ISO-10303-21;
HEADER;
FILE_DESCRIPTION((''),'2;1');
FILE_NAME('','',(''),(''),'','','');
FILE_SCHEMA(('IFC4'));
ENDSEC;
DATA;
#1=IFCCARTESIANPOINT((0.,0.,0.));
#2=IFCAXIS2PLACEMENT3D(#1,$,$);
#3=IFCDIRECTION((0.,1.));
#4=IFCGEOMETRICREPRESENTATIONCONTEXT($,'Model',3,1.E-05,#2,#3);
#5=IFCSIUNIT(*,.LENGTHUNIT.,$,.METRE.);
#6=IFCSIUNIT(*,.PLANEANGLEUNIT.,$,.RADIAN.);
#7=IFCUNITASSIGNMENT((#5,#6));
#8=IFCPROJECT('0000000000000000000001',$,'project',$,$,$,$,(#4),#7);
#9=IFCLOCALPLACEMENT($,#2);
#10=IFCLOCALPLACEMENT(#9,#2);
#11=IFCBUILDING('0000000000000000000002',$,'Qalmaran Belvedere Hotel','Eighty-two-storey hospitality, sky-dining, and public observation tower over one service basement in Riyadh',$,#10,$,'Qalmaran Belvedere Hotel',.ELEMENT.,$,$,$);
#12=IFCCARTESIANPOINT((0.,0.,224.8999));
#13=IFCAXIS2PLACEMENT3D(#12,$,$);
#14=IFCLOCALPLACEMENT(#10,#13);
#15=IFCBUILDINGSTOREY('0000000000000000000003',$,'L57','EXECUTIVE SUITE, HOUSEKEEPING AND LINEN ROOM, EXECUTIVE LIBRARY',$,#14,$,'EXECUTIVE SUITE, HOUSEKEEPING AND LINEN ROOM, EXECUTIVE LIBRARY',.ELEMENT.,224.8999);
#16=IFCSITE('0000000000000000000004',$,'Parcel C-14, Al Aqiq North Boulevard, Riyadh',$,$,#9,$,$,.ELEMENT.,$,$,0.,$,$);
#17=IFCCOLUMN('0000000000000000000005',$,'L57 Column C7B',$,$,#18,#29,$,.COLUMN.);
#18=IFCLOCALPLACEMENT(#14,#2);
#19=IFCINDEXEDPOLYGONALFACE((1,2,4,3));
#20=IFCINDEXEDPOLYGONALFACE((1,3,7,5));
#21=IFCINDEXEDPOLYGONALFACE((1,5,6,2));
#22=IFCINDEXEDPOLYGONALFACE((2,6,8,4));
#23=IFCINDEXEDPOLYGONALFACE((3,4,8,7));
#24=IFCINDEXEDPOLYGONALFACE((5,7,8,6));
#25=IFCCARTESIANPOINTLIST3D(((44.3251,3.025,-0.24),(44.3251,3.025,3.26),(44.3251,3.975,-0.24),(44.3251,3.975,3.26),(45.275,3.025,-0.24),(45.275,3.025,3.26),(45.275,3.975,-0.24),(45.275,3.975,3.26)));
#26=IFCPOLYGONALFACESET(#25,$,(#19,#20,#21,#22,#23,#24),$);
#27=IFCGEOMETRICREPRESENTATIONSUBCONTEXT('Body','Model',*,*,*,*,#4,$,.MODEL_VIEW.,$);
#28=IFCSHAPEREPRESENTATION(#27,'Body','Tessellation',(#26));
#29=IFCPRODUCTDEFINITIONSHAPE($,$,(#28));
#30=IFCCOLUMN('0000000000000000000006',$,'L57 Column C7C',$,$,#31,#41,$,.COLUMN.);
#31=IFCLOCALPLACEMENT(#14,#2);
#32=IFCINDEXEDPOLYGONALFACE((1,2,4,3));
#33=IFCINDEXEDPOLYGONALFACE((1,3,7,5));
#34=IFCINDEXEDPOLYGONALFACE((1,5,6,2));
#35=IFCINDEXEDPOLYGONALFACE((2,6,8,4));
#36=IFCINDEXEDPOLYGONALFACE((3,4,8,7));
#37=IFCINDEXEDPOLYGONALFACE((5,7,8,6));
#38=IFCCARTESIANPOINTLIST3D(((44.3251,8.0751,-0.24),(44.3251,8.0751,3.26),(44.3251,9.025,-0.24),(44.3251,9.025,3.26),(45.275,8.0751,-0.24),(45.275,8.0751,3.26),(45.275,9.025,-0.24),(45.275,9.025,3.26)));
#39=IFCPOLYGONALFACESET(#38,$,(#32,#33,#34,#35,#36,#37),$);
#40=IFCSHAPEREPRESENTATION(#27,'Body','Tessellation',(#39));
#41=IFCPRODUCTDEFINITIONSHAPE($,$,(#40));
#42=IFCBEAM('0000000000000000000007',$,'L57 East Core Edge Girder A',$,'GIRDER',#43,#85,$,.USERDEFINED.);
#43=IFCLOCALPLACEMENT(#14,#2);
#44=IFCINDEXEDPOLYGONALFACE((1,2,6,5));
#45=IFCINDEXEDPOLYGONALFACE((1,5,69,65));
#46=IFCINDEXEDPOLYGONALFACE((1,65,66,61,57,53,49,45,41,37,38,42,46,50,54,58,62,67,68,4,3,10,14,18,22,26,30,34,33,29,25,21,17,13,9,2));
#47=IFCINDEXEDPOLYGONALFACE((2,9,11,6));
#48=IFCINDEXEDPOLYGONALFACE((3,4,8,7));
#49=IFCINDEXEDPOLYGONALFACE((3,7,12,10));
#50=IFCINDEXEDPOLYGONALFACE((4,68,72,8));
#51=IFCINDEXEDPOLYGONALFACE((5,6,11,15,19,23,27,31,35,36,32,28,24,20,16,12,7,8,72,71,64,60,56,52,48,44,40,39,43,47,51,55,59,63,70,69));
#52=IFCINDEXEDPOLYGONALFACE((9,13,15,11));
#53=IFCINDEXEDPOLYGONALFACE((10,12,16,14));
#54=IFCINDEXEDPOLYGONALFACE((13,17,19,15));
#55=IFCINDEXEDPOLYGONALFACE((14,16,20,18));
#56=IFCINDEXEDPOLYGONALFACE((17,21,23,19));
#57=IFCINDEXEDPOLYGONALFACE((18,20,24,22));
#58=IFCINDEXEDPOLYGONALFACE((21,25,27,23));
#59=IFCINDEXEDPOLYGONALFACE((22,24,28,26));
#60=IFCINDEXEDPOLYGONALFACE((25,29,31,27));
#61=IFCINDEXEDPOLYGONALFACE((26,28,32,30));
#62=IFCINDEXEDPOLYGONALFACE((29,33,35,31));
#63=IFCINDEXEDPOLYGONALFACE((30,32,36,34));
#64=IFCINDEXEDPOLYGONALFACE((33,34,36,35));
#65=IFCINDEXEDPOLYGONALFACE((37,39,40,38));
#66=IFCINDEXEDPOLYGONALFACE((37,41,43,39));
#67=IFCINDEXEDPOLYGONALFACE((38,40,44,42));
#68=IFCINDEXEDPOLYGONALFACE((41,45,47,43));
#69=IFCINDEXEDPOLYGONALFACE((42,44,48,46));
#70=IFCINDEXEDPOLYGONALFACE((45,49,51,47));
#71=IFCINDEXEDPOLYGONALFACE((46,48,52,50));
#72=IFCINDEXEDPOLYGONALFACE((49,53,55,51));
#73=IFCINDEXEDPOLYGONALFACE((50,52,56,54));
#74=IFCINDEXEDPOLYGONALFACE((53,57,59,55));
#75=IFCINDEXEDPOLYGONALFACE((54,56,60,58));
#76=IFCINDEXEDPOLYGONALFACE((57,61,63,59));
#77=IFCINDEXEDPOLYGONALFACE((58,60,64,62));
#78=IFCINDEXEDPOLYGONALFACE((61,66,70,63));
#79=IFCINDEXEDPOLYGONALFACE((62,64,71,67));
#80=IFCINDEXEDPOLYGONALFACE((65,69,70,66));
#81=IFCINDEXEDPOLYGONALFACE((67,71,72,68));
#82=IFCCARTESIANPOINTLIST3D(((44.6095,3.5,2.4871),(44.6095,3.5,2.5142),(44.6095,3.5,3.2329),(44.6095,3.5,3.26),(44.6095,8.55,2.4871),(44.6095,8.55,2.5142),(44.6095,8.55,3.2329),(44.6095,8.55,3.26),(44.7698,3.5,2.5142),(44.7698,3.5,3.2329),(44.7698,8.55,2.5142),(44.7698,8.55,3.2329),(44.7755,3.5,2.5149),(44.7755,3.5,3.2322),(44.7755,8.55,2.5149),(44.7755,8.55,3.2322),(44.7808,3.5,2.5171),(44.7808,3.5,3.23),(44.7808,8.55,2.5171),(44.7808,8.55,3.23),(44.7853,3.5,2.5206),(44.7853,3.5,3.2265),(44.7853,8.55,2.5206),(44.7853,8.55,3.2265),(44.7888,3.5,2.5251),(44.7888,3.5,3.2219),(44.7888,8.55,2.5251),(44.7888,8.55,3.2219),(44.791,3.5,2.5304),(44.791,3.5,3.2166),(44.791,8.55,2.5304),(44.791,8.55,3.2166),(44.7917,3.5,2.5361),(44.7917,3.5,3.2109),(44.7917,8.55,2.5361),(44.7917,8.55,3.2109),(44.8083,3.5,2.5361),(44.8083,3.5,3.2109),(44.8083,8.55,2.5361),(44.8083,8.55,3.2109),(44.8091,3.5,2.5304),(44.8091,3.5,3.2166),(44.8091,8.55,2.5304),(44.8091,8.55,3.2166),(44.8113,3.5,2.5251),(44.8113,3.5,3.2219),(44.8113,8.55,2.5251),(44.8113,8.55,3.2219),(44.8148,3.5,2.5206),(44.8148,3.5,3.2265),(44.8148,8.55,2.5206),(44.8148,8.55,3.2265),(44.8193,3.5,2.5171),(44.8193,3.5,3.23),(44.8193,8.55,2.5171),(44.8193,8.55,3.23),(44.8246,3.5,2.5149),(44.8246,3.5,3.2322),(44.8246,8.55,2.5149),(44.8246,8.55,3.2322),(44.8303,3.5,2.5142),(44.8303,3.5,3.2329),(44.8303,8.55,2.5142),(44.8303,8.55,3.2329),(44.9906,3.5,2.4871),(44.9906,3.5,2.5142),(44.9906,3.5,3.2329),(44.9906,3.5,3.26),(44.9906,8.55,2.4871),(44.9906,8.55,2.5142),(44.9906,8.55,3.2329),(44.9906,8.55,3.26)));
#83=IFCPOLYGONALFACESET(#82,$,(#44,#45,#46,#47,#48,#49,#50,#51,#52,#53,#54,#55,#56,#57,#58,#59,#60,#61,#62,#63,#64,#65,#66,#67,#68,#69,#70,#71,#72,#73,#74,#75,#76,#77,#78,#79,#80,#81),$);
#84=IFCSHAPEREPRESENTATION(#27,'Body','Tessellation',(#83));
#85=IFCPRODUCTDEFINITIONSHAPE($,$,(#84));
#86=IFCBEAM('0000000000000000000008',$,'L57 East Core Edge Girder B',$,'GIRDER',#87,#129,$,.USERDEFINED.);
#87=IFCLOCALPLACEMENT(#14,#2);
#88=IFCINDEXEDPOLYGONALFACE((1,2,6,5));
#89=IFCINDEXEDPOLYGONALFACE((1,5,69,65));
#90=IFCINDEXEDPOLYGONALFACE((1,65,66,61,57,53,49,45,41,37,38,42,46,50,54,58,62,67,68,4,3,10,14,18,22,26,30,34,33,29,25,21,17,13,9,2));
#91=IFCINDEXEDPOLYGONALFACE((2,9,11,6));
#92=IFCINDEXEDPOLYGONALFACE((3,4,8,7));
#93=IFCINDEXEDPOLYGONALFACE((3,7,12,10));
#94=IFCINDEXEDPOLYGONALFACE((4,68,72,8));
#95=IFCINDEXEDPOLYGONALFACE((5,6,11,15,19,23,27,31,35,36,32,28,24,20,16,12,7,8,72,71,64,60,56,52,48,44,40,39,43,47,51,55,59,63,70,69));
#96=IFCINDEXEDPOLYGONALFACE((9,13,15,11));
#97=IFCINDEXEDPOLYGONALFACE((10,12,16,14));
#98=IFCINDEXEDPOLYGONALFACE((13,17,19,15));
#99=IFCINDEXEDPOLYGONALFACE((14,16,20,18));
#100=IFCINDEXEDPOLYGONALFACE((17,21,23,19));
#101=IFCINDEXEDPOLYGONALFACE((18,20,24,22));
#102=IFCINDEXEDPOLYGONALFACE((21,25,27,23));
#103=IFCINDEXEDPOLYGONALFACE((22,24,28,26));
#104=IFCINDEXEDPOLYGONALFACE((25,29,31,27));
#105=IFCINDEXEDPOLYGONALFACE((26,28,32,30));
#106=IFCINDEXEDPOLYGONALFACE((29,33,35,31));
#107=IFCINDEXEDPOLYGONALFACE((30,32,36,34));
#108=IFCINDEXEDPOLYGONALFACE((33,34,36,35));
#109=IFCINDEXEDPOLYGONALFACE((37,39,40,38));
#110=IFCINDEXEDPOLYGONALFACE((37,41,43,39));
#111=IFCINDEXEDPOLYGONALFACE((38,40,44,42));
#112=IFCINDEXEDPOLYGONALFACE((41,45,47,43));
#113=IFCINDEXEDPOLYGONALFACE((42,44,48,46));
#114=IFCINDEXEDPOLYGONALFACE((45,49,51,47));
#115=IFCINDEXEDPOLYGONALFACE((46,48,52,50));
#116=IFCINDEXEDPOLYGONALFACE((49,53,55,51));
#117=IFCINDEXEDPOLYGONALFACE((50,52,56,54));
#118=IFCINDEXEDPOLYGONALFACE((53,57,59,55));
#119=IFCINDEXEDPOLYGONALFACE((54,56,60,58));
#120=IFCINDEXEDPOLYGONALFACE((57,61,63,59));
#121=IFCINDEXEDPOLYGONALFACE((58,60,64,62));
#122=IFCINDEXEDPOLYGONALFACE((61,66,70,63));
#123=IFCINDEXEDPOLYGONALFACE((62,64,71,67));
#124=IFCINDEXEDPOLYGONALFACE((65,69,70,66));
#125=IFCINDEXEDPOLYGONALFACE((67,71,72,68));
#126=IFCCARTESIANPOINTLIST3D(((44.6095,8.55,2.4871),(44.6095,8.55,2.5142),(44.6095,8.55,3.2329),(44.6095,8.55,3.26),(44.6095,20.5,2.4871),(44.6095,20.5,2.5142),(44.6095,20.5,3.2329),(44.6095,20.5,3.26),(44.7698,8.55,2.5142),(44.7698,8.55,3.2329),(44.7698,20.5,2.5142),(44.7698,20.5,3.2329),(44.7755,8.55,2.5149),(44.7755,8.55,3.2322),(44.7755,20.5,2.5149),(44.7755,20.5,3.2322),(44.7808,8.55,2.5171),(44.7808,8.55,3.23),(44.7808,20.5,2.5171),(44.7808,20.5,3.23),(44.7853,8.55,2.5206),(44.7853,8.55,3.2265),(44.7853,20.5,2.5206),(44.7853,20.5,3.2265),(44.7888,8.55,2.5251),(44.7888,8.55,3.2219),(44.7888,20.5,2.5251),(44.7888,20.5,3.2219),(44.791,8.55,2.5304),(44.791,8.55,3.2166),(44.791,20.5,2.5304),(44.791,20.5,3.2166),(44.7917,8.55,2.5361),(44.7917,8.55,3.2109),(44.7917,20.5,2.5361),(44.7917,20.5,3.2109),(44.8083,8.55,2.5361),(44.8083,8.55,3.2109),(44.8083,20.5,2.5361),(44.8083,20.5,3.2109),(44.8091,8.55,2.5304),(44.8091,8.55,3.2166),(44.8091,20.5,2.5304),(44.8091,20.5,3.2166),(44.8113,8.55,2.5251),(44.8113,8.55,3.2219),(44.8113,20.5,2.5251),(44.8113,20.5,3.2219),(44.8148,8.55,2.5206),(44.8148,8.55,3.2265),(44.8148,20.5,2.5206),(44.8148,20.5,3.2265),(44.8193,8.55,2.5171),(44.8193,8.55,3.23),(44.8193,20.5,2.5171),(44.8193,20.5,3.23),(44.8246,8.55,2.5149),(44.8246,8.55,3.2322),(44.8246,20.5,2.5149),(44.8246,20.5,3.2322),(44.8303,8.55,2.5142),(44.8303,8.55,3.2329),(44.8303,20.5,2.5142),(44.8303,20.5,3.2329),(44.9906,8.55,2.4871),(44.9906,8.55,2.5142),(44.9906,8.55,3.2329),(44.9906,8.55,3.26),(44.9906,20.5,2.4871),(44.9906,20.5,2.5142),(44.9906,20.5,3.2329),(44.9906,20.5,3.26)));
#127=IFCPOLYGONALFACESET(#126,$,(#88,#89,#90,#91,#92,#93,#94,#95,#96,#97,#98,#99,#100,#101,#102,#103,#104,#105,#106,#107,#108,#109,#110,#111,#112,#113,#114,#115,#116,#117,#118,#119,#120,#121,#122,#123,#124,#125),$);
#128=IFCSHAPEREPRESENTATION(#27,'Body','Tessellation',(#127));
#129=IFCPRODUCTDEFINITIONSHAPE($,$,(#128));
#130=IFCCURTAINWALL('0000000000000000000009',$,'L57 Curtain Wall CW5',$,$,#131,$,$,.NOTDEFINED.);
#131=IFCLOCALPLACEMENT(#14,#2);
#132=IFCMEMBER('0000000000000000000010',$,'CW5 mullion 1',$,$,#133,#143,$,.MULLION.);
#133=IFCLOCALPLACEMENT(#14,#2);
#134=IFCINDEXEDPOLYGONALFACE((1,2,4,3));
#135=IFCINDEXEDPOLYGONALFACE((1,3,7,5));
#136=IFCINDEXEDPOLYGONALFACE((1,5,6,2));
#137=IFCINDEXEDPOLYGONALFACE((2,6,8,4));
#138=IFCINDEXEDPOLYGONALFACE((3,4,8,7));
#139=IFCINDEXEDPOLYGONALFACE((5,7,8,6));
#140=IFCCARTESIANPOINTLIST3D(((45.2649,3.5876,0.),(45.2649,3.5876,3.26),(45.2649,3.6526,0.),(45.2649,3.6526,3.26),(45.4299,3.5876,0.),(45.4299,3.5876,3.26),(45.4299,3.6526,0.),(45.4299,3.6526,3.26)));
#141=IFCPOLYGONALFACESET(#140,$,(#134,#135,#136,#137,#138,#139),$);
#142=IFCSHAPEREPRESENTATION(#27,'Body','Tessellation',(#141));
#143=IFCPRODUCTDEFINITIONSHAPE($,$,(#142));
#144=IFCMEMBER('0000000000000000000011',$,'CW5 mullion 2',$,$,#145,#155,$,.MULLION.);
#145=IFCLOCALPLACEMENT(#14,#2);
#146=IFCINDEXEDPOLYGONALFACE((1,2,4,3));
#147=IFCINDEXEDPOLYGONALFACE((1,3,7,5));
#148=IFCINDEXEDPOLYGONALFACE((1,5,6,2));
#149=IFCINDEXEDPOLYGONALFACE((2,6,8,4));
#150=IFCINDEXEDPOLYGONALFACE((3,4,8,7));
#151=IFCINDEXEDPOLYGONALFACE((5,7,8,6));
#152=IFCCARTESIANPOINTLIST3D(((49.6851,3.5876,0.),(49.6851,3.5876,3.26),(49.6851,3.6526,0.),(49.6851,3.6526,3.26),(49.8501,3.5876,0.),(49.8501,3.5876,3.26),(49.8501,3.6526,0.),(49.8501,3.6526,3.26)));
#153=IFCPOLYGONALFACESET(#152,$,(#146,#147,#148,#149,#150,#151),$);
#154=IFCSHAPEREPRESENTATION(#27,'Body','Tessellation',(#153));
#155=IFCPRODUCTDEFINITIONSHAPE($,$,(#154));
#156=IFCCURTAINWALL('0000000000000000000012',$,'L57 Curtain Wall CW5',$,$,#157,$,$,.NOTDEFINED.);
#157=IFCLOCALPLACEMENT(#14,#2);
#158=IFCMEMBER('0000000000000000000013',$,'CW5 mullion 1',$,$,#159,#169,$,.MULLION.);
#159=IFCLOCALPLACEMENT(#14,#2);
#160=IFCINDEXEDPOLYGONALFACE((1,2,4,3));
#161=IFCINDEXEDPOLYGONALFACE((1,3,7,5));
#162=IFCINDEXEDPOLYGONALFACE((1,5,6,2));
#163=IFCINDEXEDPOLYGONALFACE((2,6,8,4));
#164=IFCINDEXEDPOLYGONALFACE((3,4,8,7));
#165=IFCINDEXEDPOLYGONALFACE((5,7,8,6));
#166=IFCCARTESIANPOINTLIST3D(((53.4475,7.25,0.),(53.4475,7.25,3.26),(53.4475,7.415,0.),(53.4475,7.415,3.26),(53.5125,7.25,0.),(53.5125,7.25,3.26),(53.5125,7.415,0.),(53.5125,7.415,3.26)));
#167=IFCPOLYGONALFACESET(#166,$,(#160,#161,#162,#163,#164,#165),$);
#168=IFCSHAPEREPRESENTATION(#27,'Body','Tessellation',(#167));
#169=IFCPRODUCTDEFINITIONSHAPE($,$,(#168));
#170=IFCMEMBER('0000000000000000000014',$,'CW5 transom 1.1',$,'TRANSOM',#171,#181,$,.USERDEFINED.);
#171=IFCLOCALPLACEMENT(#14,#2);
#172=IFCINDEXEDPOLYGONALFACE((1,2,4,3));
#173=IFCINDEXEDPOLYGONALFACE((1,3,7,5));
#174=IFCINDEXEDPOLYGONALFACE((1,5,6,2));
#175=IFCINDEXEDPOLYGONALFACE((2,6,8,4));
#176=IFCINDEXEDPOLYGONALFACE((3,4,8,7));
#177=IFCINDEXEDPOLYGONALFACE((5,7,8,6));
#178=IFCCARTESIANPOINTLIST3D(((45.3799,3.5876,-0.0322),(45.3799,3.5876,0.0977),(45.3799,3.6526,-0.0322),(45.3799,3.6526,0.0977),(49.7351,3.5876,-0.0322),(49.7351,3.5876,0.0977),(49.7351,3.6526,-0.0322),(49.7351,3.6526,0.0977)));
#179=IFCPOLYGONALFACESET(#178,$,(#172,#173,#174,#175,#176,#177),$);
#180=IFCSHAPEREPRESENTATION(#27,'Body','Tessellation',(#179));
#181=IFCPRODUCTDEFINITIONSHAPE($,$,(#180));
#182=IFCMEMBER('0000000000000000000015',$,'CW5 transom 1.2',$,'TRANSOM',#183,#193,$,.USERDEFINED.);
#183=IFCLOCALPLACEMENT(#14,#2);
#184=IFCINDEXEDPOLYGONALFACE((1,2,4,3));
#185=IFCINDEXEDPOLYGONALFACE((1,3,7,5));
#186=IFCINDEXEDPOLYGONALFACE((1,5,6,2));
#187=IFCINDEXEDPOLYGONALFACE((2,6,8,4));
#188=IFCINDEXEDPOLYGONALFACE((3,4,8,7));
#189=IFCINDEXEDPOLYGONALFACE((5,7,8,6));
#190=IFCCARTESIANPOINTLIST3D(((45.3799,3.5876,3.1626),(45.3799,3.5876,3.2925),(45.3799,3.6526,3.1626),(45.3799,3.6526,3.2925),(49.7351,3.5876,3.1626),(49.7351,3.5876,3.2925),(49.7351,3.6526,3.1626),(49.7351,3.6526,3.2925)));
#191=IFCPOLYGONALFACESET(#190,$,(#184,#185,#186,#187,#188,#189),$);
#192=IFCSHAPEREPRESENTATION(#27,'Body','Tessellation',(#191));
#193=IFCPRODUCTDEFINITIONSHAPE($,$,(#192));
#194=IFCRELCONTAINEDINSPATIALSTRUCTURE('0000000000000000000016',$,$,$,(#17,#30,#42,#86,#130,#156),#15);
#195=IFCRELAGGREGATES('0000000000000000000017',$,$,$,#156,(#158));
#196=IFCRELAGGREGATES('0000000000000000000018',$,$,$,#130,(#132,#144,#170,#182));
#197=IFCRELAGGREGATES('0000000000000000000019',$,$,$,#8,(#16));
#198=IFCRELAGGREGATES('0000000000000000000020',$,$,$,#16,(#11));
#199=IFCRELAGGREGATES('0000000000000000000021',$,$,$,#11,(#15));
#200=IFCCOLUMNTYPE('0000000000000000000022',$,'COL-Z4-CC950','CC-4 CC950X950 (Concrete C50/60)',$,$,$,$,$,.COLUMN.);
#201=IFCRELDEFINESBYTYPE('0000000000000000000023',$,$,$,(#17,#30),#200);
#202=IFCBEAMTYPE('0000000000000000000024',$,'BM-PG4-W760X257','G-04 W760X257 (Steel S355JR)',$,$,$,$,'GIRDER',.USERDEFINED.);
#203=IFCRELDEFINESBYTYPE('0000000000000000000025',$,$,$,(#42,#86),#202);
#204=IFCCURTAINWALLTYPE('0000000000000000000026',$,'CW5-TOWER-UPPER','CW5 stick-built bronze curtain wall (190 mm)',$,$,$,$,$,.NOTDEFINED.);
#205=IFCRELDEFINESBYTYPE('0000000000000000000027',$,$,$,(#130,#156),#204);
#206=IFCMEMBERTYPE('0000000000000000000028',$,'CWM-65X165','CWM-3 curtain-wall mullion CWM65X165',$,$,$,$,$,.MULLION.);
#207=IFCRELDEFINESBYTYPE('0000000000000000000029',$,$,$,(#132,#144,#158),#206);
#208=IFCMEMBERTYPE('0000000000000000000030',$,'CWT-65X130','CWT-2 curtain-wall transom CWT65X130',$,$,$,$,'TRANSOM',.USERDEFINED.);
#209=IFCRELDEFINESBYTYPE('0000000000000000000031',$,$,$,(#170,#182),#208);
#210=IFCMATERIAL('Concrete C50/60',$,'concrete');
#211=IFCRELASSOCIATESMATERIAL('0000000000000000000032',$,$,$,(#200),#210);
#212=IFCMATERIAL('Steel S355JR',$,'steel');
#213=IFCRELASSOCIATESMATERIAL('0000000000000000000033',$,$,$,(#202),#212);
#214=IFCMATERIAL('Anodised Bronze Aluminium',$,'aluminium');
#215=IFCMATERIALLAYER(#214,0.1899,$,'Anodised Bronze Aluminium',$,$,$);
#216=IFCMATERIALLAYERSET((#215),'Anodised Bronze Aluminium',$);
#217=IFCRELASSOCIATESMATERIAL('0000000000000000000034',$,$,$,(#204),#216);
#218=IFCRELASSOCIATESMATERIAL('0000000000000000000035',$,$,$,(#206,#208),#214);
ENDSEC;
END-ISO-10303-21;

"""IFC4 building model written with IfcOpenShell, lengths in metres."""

from ifc_helpers import new_model, si_unit, direction, frame, origin, origin_2d, place, context, subcontext, project, spatial, rectangle, i_section, extrude, material, layer, layer_set, material_profile, profile_set, type_object, element, aggregate, save


model = new_model("IFC4")

# Units and contexts
model_context = context("Model", 3, precision=1e-05, world=origin(), true_north=direction((0.0, 1.0)))
body_context = subcontext(model_context, "Body", "Model", "MODEL_VIEW")
ifc_project = project(units=[si_unit("LENGTHUNIT", "METRE"), si_unit("PLANEANGLEUNIT", "RADIAN")], contexts=[model_context])

# Site, building, storey
site_placement = place(None, origin())
site = spatial("IfcSite", under=ifc_project, at=site_placement, Name="Parcel C-14, Al Aqiq North Boulevard, Riyadh", CompositionType="ELEMENT", RefElevation=0.0)
building_placement = place(site_placement, origin())
building = spatial("IfcBuilding", under=site, at=building_placement, Name="Qalmaran Belvedere Hotel", Description="Eighty-two-storey hospitality, sky-dining, and public observation tower over one service basement in Riyadh", LongName="Qalmaran Belvedere Hotel", CompositionType="ELEMENT")
storey_placement = place(building_placement, frame((0.0, 0.0, 224.8999)))
storey = spatial("IfcBuildingStorey", under=building, at=storey_placement, Name="L57", Description="EXECUTIVE SUITE, HOUSEKEEPING AND LINEN ROOM, EXECUTIVE LIBRARY", LongName="EXECUTIVE SUITE, HOUSEKEEPING AND LINEN ROOM, EXECUTIVE LIBRARY", CompositionType="ELEMENT", Elevation=224.8999)

# Columns
ifc_material_1 = material(Name="Concrete C50/60", Category="concrete")
ifc_material_profile_1 = material_profile(ifc_material_1, rectangle(XDim=0.95, YDim=0.95, at=origin_2d()), Name="CC950X950")
ifc_profile_set_1 = profile_set([ifc_material_profile_1], Name="Concrete C50/60")
column_type = type_object("IfcColumnType", Name="COL-Z4-CC950", Description="CC-4 CC950X950 (Concrete C50/60)", PredefinedType="COLUMN", material=ifc_profile_set_1)
for number, where, z_axis, x_axis, name in (
    (1, (44.8, 3.5, -0.24), (0.0, 0.0, 1.0), (1.0, 0.0, 0.0), "L57 Column C7B"),
    (2, (44.8, 8.55, -0.24), (0.0, 0.0, 1.0), (1.0, 0.0, 0.0), "L57 Column C7C"),
):
    element("IfcColumn", number, at=place(storey_placement, frame(where, z_axis=z_axis, x_axis=x_axis)), inside=storey, type_object=column_type, Name=name, PredefinedType="COLUMN", context=body_context, shape_type="SweptSolid", body=[
        extrude(rectangle(XDim=0.95, YDim=0.95, at=origin_2d()), origin(), (0.0, 0.0, 1.0), 3.5),
    ])

# Beams
ifc_material_2 = material(Name="Steel S355JR", Category="steel")
ifc_material_profile_2 = material_profile(ifc_material_2, i_section(OverallWidth=0.3811, OverallDepth=0.7729, WebThickness=0.0166, FlangeThickness=0.0271, FilletRadius=0.022, at=origin_2d()), Name="W760X257")
ifc_profile_set_2 = profile_set([ifc_material_profile_2], Name="Steel S355JR")
beam_type = type_object("IfcBeamType", Name="BM-PG4-W760X257", Description="G-04 W760X257 (Steel S355JR)", ElementType="GIRDER", PredefinedType="USERDEFINED", material=ifc_profile_set_2)
beam_1_placement = place(storey_placement, frame((44.8, 3.5, 2.8735), z_axis=(0.0, 1.0, 0.0), x_axis=(-1.0, 0.0, 0.0)))
element("IfcBeam", 3, at=beam_1_placement, inside=storey, type_object=beam_type, Name="L57 East Core Edge Girder A", ObjectType="GIRDER", PredefinedType="USERDEFINED", context=body_context, shape_type="SweptSolid", body=[
    extrude(i_section(OverallWidth=0.3811, OverallDepth=0.7729, WebThickness=0.0166, FlangeThickness=0.0271, FilletRadius=0.022, at=origin_2d()), origin(), (0.0, 0.0, 1.0), 5.05),
])
beam_2_placement = place(storey_placement, frame((44.8, 8.55, 2.8735), z_axis=(0.0, 1.0, 0.0), x_axis=(-1.0, 0.0, 0.0)))
element("IfcBeam", 4, at=beam_2_placement, inside=storey, type_object=beam_type, Name="L57 East Core Edge Girder B", ObjectType="GIRDER", PredefinedType="USERDEFINED", context=body_context, shape_type="SweptSolid", body=[
    extrude(i_section(OverallWidth=0.3811, OverallDepth=0.7729, WebThickness=0.0166, FlangeThickness=0.0271, FilletRadius=0.022, at=origin_2d()), origin(), (0.0, 0.0, 1.0), 11.95),
])

# Curtain wall, members
ifc_material_3 = material(Name="Anodised Bronze Aluminium", Category="aluminium")
ifc_layer_1 = layer(ifc_material_3, 0.1899, Name="Anodised Bronze Aluminium")
ifc_layer_set_1 = layer_set([ifc_layer_1], Name="Anodised Bronze Aluminium")
curtain_wall_type = type_object("IfcCurtainWallType", Name="CW5-TOWER-UPPER", Description="CW5 stick-built bronze curtain wall (190 mm)", PredefinedType="NOTDEFINED", material=ifc_layer_set_1)
curtain_wall_1_placement = place(storey_placement, origin())
curtain_wall_1 = element("IfcCurtainWall", 5, at=curtain_wall_1_placement, inside=storey, type_object=curtain_wall_type, Name="L57 Curtain Wall CW5", PredefinedType="NOTDEFINED")
ifc_material_profile_3 = material_profile(ifc_material_3, rectangle(XDim=0.0649, YDim=0.165, at=origin_2d()), Name="CWM65X165")
ifc_profile_set_3 = profile_set([ifc_material_profile_3], Name="Anodised Bronze Aluminium")
member_type_1 = type_object("IfcMemberType", Name="CWM-65X165", Description="CWM-3 curtain-wall mullion CWM65X165", PredefinedType="MULLION", material=ifc_profile_set_3)
member_1_placement = place(storey_placement, frame((45.3474, 3.6201, 0.0), z_axis=(0.0, 0.0, 1.0), x_axis=(0.0, 1.0, 0.0)))
member_1 = element("IfcMember", 6, at=member_1_placement, type_object=member_type_1, Name="CW5 mullion 1", PredefinedType="MULLION", context=body_context, shape_type="SweptSolid", body=[
    extrude(rectangle(XDim=0.0649, YDim=0.165, at=origin_2d()), origin(), (0.0, 0.0, 1.0), 3.26),
])
member_2_placement = place(storey_placement, frame((49.7676, 3.6201, 0.0), z_axis=(0.0, 0.0, 1.0), x_axis=(0.0, 1.0, 0.0)))
member_2 = element("IfcMember", 7, at=member_2_placement, type_object=member_type_1, Name="CW5 mullion 2", PredefinedType="MULLION", context=body_context, shape_type="SweptSolid", body=[
    extrude(rectangle(XDim=0.0649, YDim=0.165, at=origin_2d()), origin(), (0.0, 0.0, 1.0), 3.26),
])

# Curtain wall, member
curtain_wall_2_placement = place(storey_placement, origin())
curtain_wall_2 = element("IfcCurtainWall", 8, at=curtain_wall_2_placement, inside=storey, type_object=curtain_wall_type, Name="L57 Curtain Wall CW5", PredefinedType="NOTDEFINED")
member_3_placement = place(storey_placement, frame((53.48, 7.3325, 0.0), z_axis=(0.0, 0.0, 1.0), x_axis=(-1.0, 0.0, 0.0)))
member_3 = element("IfcMember", 9, at=member_3_placement, type_object=member_type_1, Name="CW5 mullion 1", PredefinedType="MULLION", context=body_context, shape_type="SweptSolid", body=[
    extrude(rectangle(XDim=0.0649, YDim=0.165, at=origin_2d()), origin(), (0.0, 0.0, 1.0), 3.26),
])

# Members
ifc_material_profile_4 = material_profile(ifc_material_3, rectangle(XDim=0.0649, YDim=0.1299, at=origin_2d()), Name="CWT65X130")
ifc_profile_set_4 = profile_set([ifc_material_profile_4], Name="Anodised Bronze Aluminium")
member_type_2 = type_object("IfcMemberType", Name="CWT-65X130", Description="CWT-2 curtain-wall transom CWT65X130", ElementType="TRANSOM", PredefinedType="USERDEFINED", material=ifc_profile_set_4)
member_4_placement = place(storey_placement, frame((45.3799, 3.6201, 0.0327), z_axis=(1.0, 0.0, 0.0), x_axis=(0.0, 1.0, 0.0)))
member_4 = element("IfcMember", 10, at=member_4_placement, type_object=member_type_2, Name="CW5 transom 1.1", ObjectType="TRANSOM", PredefinedType="USERDEFINED", context=body_context, shape_type="SweptSolid", body=[
    extrude(rectangle(XDim=0.0649, YDim=0.1299, at=origin_2d()), origin(), (0.0, 0.0, 1.0), 4.3552),
])
member_5_placement = place(storey_placement, frame((45.3799, 3.6201, 3.2275), z_axis=(1.0, 0.0, 0.0), x_axis=(0.0, 1.0, 0.0)))
member_5 = element("IfcMember", 11, at=member_5_placement, type_object=member_type_2, Name="CW5 transom 1.2", ObjectType="TRANSOM", PredefinedType="USERDEFINED", context=body_context, shape_type="SweptSolid", body=[
    extrude(rectangle(XDim=0.0649, YDim=0.1299, at=origin_2d()), origin(), (0.0, 0.0, 1.0), 4.3552),
])
aggregate(curtain_wall_2, [member_3])

aggregate(curtain_wall_1, [member_1, member_2, member_4, member_5])

save(model, "model.ifc")
